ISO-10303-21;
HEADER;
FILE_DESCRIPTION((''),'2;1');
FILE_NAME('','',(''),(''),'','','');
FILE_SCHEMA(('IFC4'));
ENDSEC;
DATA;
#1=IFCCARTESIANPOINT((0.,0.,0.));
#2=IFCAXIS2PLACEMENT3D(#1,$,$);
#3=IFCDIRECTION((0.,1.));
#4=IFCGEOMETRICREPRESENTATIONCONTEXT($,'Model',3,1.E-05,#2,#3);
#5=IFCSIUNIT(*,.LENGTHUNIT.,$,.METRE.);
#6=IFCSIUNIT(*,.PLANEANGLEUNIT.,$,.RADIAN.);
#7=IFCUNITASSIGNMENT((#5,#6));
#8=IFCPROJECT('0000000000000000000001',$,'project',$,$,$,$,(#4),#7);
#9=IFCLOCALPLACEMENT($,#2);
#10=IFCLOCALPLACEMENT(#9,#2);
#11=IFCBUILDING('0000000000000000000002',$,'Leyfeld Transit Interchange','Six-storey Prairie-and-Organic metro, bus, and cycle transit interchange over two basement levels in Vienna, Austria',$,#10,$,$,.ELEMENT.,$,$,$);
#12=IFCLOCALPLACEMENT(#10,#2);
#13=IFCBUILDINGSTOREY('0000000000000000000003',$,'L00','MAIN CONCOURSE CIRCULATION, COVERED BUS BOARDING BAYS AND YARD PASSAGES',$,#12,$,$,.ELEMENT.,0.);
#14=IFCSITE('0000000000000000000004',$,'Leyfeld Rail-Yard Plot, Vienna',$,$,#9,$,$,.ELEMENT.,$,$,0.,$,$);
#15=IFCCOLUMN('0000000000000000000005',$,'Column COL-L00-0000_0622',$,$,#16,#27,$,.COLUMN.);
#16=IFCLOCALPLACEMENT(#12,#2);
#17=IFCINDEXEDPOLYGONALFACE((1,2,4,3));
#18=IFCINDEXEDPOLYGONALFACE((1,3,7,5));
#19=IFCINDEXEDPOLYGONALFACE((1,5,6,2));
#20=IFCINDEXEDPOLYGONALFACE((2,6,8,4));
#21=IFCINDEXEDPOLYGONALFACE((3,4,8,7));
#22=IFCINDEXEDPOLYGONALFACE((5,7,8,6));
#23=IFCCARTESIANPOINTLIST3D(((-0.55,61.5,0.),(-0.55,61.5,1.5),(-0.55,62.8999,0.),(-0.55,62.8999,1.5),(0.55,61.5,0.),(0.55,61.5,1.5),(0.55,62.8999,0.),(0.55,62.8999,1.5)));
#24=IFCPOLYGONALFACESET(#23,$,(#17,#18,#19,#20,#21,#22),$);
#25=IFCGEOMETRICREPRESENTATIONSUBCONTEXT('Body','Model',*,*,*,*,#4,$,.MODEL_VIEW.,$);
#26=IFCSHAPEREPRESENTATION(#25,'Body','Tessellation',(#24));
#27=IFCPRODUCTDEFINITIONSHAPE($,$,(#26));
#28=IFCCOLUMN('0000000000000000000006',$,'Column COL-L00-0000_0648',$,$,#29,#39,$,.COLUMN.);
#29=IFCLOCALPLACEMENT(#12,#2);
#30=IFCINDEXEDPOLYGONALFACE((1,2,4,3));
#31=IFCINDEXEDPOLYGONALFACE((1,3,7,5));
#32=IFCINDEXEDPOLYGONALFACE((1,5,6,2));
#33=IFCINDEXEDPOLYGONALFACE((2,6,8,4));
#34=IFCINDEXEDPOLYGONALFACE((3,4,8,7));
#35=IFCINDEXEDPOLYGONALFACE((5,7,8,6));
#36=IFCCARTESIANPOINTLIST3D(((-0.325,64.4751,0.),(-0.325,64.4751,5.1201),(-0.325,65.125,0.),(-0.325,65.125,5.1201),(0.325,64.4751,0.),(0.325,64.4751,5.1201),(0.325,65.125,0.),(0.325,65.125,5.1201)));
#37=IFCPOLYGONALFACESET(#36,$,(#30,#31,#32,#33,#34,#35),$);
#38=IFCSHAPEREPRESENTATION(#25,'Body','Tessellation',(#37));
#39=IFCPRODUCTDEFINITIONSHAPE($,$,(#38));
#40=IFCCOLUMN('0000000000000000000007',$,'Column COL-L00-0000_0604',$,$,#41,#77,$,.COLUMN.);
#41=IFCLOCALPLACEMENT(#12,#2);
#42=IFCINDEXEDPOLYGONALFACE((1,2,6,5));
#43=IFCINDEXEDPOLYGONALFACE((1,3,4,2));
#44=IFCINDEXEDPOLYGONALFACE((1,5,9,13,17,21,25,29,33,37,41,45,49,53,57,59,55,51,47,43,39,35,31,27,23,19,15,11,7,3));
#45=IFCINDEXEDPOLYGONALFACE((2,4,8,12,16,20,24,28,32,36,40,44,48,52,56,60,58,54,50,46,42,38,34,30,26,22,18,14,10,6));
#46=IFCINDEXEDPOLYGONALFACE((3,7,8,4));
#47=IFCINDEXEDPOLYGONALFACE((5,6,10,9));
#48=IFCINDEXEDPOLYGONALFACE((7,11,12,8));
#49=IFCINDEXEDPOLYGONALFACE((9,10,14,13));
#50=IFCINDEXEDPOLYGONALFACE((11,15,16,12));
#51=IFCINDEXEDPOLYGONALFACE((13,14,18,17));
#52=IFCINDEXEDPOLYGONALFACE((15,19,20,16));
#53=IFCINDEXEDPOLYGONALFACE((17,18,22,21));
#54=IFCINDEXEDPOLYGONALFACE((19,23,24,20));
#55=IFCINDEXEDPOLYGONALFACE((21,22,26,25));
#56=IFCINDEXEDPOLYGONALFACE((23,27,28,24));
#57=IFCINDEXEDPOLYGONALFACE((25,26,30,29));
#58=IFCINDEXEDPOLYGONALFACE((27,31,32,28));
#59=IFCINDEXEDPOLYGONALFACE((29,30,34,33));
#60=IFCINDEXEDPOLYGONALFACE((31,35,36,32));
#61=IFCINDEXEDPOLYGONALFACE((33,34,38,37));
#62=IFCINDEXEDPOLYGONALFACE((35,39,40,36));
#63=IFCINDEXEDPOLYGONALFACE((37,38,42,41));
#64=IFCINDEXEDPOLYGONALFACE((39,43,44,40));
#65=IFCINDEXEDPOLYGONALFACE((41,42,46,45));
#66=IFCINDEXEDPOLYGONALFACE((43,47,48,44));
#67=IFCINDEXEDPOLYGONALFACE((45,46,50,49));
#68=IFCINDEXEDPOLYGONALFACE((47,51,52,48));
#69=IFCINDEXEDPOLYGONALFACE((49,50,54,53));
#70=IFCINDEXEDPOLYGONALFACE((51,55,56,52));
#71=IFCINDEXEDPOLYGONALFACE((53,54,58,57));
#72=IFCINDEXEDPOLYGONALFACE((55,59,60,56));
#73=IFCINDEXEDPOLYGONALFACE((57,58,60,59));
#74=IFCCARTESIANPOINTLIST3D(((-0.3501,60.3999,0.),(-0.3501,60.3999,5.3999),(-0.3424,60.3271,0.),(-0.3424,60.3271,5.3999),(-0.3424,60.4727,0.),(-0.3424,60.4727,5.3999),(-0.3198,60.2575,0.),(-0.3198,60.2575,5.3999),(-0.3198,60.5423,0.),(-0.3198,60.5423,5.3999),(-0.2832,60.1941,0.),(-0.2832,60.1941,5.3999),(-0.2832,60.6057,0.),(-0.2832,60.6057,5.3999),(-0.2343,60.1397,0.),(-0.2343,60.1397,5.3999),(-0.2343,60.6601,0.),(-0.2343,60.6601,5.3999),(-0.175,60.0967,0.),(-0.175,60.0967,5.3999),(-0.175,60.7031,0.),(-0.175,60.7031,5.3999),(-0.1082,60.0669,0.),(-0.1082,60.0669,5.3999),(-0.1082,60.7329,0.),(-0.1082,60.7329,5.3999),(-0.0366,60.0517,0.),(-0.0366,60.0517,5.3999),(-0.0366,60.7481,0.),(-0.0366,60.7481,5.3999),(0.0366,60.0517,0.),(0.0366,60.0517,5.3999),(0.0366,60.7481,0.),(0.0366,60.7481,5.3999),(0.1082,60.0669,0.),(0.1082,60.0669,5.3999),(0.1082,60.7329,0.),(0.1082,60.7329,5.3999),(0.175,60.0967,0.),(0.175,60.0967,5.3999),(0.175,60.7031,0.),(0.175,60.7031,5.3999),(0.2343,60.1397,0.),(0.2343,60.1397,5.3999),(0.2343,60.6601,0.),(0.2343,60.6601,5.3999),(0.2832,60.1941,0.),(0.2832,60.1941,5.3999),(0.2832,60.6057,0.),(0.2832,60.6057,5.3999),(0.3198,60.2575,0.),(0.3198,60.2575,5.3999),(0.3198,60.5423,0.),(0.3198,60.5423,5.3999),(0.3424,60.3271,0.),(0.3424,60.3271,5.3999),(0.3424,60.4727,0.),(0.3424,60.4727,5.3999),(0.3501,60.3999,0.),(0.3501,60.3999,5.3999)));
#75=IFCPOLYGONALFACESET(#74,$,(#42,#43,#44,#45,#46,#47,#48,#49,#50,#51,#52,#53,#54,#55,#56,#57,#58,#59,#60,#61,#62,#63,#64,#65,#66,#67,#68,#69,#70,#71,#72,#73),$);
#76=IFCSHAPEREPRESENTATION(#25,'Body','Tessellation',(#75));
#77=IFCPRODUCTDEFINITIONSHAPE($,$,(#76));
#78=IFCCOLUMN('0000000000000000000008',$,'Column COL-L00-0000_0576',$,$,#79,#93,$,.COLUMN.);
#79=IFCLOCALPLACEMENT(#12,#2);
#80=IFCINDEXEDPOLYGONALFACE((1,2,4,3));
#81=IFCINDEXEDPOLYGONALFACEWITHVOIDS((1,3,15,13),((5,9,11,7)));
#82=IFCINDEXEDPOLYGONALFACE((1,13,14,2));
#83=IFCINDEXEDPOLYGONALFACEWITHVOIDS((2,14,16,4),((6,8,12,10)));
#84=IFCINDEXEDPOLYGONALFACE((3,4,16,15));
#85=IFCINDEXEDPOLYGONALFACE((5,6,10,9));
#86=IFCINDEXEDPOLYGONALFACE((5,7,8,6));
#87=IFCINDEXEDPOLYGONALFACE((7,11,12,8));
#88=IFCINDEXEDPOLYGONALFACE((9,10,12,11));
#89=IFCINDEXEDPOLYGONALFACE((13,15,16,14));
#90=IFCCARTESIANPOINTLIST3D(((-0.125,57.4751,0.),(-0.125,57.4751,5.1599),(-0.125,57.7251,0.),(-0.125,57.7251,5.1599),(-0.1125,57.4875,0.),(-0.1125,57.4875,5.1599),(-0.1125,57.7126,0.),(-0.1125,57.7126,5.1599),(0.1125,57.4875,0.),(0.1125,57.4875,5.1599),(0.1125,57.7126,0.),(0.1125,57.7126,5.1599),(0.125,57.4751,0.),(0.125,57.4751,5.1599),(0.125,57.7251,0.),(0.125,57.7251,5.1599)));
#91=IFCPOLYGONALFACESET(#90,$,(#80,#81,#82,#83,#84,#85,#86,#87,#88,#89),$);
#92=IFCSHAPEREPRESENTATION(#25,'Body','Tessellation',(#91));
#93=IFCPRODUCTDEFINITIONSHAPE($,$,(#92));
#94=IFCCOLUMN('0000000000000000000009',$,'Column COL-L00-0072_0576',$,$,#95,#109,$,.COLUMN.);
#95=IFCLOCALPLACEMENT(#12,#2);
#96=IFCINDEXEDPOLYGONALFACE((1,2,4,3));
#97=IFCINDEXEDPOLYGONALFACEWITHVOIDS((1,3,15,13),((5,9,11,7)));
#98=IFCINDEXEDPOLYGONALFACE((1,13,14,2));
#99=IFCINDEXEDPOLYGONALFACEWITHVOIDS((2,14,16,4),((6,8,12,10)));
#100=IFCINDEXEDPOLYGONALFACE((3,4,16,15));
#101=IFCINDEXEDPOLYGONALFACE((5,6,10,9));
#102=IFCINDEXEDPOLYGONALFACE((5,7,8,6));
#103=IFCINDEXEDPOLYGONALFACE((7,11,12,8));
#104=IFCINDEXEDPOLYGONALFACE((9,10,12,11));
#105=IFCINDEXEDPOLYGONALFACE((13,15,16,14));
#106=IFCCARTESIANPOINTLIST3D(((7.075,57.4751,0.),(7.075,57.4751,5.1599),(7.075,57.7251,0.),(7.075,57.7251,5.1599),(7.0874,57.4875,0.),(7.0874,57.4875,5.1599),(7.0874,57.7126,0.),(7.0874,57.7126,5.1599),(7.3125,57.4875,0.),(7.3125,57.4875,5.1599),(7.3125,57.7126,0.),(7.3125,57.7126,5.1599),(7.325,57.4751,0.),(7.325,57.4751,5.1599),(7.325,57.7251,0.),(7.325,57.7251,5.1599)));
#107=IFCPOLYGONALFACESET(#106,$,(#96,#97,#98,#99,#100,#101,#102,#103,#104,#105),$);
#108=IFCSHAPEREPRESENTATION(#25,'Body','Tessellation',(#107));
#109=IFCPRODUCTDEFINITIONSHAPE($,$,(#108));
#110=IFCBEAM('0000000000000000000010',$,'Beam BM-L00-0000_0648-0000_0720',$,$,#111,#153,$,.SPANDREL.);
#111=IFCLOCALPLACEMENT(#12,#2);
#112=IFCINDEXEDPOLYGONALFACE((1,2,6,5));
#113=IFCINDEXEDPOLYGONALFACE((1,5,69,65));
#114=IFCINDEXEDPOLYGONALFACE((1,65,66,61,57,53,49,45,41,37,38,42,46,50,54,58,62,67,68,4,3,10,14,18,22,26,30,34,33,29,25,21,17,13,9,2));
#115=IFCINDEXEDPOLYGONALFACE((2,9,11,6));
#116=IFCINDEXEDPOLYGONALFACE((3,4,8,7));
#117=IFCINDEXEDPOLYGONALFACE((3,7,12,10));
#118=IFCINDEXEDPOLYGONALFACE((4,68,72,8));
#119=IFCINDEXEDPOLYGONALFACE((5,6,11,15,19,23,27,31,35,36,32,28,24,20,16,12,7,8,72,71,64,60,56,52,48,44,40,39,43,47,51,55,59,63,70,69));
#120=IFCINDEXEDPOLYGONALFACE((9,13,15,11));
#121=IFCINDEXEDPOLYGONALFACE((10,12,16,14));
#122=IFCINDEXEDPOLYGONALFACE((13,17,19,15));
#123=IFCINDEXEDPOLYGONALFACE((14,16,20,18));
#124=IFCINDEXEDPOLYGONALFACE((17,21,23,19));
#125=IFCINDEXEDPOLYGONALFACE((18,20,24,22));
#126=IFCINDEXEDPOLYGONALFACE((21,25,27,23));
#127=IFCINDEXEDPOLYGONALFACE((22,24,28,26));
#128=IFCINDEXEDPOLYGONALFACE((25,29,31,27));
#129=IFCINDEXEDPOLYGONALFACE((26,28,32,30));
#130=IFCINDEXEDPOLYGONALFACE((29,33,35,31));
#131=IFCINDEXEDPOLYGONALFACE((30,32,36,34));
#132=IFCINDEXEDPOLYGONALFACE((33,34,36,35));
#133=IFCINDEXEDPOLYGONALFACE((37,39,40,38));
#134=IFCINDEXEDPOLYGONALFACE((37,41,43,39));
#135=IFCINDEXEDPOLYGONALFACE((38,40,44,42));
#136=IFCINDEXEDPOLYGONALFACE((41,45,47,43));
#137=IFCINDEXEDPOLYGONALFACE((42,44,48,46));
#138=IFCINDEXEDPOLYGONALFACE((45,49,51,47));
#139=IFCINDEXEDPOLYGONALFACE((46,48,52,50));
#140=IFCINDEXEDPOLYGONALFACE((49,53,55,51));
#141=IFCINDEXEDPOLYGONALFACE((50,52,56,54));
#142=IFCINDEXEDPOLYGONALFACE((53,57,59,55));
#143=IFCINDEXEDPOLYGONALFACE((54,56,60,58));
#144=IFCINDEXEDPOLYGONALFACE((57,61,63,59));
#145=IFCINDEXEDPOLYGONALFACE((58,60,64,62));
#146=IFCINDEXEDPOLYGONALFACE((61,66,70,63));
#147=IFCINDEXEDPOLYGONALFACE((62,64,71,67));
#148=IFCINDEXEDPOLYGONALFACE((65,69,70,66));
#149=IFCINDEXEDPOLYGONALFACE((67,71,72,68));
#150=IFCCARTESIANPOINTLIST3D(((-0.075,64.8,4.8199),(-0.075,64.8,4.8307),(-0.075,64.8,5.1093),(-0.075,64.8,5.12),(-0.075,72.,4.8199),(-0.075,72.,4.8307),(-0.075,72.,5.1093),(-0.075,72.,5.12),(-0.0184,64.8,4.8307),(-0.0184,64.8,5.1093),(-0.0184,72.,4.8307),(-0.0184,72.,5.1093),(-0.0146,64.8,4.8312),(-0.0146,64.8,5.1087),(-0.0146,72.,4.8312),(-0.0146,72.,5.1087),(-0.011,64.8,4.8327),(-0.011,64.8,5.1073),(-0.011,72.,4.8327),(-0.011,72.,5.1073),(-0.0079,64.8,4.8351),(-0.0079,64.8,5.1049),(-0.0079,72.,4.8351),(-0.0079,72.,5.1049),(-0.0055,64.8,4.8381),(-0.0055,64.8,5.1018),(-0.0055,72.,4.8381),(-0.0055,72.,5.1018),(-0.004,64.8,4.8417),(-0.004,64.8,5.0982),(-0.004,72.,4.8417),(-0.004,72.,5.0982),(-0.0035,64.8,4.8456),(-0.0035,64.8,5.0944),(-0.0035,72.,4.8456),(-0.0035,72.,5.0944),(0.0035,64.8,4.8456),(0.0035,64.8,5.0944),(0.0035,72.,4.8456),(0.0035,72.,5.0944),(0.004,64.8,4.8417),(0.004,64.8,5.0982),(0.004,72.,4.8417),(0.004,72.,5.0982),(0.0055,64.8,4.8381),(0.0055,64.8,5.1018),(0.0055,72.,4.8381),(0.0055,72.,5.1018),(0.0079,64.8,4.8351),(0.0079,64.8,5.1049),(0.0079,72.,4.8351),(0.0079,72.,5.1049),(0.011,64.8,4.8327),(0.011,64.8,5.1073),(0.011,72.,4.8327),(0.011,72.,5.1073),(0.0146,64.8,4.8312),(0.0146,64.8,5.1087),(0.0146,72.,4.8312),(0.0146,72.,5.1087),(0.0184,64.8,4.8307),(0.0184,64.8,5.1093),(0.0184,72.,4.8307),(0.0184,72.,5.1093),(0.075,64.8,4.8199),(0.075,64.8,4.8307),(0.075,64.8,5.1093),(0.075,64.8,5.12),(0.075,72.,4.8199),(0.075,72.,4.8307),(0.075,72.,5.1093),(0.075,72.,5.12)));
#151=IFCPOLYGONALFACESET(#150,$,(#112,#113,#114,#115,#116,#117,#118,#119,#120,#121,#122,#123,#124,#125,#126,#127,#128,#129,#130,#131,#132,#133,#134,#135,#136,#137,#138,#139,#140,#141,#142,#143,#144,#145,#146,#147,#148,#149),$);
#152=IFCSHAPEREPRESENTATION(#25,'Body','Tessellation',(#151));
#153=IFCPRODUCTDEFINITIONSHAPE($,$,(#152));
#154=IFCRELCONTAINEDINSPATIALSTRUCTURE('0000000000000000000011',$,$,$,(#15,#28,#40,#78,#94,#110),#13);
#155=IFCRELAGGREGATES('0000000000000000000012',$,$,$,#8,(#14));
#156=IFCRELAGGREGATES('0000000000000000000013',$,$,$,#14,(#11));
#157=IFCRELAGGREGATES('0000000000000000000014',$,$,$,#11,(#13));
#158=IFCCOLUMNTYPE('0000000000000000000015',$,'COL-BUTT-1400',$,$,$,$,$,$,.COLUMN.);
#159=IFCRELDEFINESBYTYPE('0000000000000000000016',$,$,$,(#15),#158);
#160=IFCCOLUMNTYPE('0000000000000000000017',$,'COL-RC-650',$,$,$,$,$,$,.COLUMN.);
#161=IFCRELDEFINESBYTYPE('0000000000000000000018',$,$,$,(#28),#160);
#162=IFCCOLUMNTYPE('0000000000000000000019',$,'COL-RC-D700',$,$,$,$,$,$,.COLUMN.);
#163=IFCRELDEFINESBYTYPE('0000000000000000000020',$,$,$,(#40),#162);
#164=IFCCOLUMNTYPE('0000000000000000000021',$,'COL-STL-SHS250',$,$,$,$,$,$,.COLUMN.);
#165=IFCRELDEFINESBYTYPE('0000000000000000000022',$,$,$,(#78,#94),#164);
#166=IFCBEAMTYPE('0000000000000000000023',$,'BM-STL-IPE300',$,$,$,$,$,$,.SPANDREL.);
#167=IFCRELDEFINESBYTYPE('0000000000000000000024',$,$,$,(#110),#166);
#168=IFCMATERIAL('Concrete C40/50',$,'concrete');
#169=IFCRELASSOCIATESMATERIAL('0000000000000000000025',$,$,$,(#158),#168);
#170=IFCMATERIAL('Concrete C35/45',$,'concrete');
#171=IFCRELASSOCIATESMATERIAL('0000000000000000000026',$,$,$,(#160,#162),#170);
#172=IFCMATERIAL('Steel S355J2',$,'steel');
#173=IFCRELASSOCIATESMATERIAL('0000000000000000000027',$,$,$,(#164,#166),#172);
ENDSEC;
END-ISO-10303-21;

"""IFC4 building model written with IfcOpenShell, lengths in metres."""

from ifc_helpers import new_model, si_unit, direction, frame, origin, origin_2d, place, context, subcontext, project, spatial, rectangle, hollow_rectangle, circle, i_section, extrude, material, material_profile, profile_set, type_object, element, save


model = new_model("IFC4")

# Units and contexts
model_context = context("Model", 3, precision=1e-05, world=origin(), true_north=direction((0.0, 1.0)))
body_context = subcontext(model_context, "Body", "Model", "MODEL_VIEW")
ifc_project = project(units=[si_unit("LENGTHUNIT", "METRE"), si_unit("PLANEANGLEUNIT", "RADIAN")], contexts=[model_context])

# Site, building, storey
site_placement = place(None, origin())
site = spatial("IfcSite", under=ifc_project, at=site_placement, Name="Leyfeld Rail-Yard Plot, Vienna", CompositionType="ELEMENT", RefElevation=0.0)
building_placement = place(site_placement, origin())
building = spatial("IfcBuilding", under=site, at=building_placement, Name="Leyfeld Transit Interchange", Description="Six-storey Prairie-and-Organic metro, bus, and cycle transit interchange over two basement levels in Vienna, Austria", CompositionType="ELEMENT")
storey_placement = place(building_placement, origin())
storey = spatial("IfcBuildingStorey", under=building, at=storey_placement, Name="L00", Description="MAIN CONCOURSE CIRCULATION, COVERED BUS BOARDING BAYS AND YARD PASSAGES", CompositionType="ELEMENT", Elevation=0.0)

# Columns
ifc_material_1 = material(Name="Concrete C40/50", Category="concrete")
ifc_material_profile_1 = material_profile(ifc_material_1, rectangle(XDim=1.1001, YDim=1.3999, at=origin_2d()), Name="RC 1400x1100")
ifc_profile_set_1 = profile_set([ifc_material_profile_1], Name="Concrete C40/50")
column_type_1 = type_object("IfcColumnType", Name="COL-BUTT-1400", PredefinedType="COLUMN", material=ifc_profile_set_1)
column_1_placement = place(storey_placement, frame((0.0, 62.2, 0.0), z_axis=(0.0, 0.0, 1.0), x_axis=(1.0, 0.0, 0.0)))
element("IfcColumn", 1, at=column_1_placement, inside=storey, type_object=column_type_1, Name="Column COL-L00-0000_0622", PredefinedType="COLUMN", context=body_context, shape_type="SweptSolid", body=[
    extrude(rectangle(XDim=1.1001, YDim=1.3999, at=origin_2d()), origin(), (0.0, 0.0, 1.0), 1.5),
])
ifc_material_2 = material(Name="Concrete C35/45", Category="concrete")
ifc_material_profile_2 = material_profile(ifc_material_2, rectangle(XDim=0.6499, YDim=0.6499, at=origin_2d()), Name="RC 650x650")
ifc_profile_set_2 = profile_set([ifc_material_profile_2], Name="Concrete C35/45")
column_type_2 = type_object("IfcColumnType", Name="COL-RC-650", PredefinedType="COLUMN", material=ifc_profile_set_2)
column_2_placement = place(storey_placement, frame((0.0, 64.8, 0.0), z_axis=(0.0, 0.0, 1.0), x_axis=(1.0, 0.0, 0.0)))
element("IfcColumn", 2, at=column_2_placement, inside=storey, type_object=column_type_2, Name="Column COL-L00-0000_0648", PredefinedType="COLUMN", context=body_context, shape_type="SweptSolid", body=[
    extrude(rectangle(XDim=0.6499, YDim=0.6499, at=origin_2d()), origin(), (0.0, 0.0, 1.0), 5.1201),
])
ifc_material_profile_3 = material_profile(ifc_material_2, circle(Radius=0.3501, at=origin_2d()), Name="RC D700")
ifc_profile_set_3 = profile_set([ifc_material_profile_3], Name="Concrete C35/45")
column_type_3 = type_object("IfcColumnType", Name="COL-RC-D700", PredefinedType="COLUMN", material=ifc_profile_set_3)
column_3_placement = place(storey_placement, frame((0.0, 60.3999, 0.0), z_axis=(0.0, 0.0, 1.0), x_axis=(1.0, 0.0, 0.0)))
element("IfcColumn", 3, at=column_3_placement, inside=storey, type_object=column_type_3, Name="Column COL-L00-0000_0604", PredefinedType="COLUMN", context=body_context, shape_type="SweptSolid", body=[
    extrude(circle(Radius=0.3501, at=origin_2d()), origin(), (0.0, 0.0, 1.0), 5.3999),
])
ifc_material_3 = material(Name="Steel S355J2", Category="steel")
ifc_material_profile_4 = material_profile(ifc_material_3, hollow_rectangle(XDim=0.25, YDim=0.25, WallThickness=0.0125, at=origin_2d()), Name="SHS 250x250x12.5")
ifc_profile_set_4 = profile_set([ifc_material_profile_4], Name="Steel S355J2")
column_type_4 = type_object("IfcColumnType", Name="COL-STL-SHS250", PredefinedType="COLUMN", material=ifc_profile_set_4)
for number, where, z_axis, x_axis, name in (
    (4, (0.0, 57.6001, 0.0), (0.0, 0.0, 1.0), (1.0, 0.0, 0.0), "Column COL-L00-0000_0576"),
    (5, (7.2, 57.6001, 0.0), (0.0, 0.0, 1.0), (1.0, 0.0, 0.0), "Column COL-L00-0072_0576"),
):
    element("IfcColumn", number, at=place(storey_placement, frame(where, z_axis=z_axis, x_axis=x_axis)), inside=storey, type_object=column_type_4, Name=name, PredefinedType="COLUMN", context=body_context, shape_type="SweptSolid", body=[
        extrude(hollow_rectangle(XDim=0.25, YDim=0.25, WallThickness=0.0125, at=origin_2d()), origin(), (0.0, 0.0, 1.0), 5.1599),
    ])

# Beam
ifc_material_profile_5 = material_profile(ifc_material_3, i_section(OverallWidth=0.1499, OverallDepth=0.3, WebThickness=0.0071, FlangeThickness=0.0107, FilletRadius=0.0149, at=origin_2d()), Name="IPE 300")
ifc_profile_set_5 = profile_set([ifc_material_profile_5], Name="Steel S355J2")
beam_type_1 = type_object("IfcBeamType", Name="BM-STL-IPE300", PredefinedType="SPANDREL", material=ifc_profile_set_5)
for number, where, z_axis, x_axis, name in (
    (6, (0.0, 64.8, 4.97), (0.0, 1.0, 0.0), (-1.0, 0.0, 0.0), "Beam BM-L00-0000_0648-0000_0720"),
):
    element("IfcBeam", number, at=place(storey_placement, frame(where, z_axis=z_axis, x_axis=x_axis)), inside=storey, type_object=beam_type_1, Name=name, PredefinedType="SPANDREL", context=body_context, shape_type="SweptSolid", body=[
        extrude(i_section(OverallWidth=0.1499, OverallDepth=0.3, WebThickness=0.0071, FlangeThickness=0.0107, FilletRadius=0.0149, at=origin_2d()), origin(), (0.0, 0.0, 1.0), 7.2),
    ])

save(model, "model.ifc")
